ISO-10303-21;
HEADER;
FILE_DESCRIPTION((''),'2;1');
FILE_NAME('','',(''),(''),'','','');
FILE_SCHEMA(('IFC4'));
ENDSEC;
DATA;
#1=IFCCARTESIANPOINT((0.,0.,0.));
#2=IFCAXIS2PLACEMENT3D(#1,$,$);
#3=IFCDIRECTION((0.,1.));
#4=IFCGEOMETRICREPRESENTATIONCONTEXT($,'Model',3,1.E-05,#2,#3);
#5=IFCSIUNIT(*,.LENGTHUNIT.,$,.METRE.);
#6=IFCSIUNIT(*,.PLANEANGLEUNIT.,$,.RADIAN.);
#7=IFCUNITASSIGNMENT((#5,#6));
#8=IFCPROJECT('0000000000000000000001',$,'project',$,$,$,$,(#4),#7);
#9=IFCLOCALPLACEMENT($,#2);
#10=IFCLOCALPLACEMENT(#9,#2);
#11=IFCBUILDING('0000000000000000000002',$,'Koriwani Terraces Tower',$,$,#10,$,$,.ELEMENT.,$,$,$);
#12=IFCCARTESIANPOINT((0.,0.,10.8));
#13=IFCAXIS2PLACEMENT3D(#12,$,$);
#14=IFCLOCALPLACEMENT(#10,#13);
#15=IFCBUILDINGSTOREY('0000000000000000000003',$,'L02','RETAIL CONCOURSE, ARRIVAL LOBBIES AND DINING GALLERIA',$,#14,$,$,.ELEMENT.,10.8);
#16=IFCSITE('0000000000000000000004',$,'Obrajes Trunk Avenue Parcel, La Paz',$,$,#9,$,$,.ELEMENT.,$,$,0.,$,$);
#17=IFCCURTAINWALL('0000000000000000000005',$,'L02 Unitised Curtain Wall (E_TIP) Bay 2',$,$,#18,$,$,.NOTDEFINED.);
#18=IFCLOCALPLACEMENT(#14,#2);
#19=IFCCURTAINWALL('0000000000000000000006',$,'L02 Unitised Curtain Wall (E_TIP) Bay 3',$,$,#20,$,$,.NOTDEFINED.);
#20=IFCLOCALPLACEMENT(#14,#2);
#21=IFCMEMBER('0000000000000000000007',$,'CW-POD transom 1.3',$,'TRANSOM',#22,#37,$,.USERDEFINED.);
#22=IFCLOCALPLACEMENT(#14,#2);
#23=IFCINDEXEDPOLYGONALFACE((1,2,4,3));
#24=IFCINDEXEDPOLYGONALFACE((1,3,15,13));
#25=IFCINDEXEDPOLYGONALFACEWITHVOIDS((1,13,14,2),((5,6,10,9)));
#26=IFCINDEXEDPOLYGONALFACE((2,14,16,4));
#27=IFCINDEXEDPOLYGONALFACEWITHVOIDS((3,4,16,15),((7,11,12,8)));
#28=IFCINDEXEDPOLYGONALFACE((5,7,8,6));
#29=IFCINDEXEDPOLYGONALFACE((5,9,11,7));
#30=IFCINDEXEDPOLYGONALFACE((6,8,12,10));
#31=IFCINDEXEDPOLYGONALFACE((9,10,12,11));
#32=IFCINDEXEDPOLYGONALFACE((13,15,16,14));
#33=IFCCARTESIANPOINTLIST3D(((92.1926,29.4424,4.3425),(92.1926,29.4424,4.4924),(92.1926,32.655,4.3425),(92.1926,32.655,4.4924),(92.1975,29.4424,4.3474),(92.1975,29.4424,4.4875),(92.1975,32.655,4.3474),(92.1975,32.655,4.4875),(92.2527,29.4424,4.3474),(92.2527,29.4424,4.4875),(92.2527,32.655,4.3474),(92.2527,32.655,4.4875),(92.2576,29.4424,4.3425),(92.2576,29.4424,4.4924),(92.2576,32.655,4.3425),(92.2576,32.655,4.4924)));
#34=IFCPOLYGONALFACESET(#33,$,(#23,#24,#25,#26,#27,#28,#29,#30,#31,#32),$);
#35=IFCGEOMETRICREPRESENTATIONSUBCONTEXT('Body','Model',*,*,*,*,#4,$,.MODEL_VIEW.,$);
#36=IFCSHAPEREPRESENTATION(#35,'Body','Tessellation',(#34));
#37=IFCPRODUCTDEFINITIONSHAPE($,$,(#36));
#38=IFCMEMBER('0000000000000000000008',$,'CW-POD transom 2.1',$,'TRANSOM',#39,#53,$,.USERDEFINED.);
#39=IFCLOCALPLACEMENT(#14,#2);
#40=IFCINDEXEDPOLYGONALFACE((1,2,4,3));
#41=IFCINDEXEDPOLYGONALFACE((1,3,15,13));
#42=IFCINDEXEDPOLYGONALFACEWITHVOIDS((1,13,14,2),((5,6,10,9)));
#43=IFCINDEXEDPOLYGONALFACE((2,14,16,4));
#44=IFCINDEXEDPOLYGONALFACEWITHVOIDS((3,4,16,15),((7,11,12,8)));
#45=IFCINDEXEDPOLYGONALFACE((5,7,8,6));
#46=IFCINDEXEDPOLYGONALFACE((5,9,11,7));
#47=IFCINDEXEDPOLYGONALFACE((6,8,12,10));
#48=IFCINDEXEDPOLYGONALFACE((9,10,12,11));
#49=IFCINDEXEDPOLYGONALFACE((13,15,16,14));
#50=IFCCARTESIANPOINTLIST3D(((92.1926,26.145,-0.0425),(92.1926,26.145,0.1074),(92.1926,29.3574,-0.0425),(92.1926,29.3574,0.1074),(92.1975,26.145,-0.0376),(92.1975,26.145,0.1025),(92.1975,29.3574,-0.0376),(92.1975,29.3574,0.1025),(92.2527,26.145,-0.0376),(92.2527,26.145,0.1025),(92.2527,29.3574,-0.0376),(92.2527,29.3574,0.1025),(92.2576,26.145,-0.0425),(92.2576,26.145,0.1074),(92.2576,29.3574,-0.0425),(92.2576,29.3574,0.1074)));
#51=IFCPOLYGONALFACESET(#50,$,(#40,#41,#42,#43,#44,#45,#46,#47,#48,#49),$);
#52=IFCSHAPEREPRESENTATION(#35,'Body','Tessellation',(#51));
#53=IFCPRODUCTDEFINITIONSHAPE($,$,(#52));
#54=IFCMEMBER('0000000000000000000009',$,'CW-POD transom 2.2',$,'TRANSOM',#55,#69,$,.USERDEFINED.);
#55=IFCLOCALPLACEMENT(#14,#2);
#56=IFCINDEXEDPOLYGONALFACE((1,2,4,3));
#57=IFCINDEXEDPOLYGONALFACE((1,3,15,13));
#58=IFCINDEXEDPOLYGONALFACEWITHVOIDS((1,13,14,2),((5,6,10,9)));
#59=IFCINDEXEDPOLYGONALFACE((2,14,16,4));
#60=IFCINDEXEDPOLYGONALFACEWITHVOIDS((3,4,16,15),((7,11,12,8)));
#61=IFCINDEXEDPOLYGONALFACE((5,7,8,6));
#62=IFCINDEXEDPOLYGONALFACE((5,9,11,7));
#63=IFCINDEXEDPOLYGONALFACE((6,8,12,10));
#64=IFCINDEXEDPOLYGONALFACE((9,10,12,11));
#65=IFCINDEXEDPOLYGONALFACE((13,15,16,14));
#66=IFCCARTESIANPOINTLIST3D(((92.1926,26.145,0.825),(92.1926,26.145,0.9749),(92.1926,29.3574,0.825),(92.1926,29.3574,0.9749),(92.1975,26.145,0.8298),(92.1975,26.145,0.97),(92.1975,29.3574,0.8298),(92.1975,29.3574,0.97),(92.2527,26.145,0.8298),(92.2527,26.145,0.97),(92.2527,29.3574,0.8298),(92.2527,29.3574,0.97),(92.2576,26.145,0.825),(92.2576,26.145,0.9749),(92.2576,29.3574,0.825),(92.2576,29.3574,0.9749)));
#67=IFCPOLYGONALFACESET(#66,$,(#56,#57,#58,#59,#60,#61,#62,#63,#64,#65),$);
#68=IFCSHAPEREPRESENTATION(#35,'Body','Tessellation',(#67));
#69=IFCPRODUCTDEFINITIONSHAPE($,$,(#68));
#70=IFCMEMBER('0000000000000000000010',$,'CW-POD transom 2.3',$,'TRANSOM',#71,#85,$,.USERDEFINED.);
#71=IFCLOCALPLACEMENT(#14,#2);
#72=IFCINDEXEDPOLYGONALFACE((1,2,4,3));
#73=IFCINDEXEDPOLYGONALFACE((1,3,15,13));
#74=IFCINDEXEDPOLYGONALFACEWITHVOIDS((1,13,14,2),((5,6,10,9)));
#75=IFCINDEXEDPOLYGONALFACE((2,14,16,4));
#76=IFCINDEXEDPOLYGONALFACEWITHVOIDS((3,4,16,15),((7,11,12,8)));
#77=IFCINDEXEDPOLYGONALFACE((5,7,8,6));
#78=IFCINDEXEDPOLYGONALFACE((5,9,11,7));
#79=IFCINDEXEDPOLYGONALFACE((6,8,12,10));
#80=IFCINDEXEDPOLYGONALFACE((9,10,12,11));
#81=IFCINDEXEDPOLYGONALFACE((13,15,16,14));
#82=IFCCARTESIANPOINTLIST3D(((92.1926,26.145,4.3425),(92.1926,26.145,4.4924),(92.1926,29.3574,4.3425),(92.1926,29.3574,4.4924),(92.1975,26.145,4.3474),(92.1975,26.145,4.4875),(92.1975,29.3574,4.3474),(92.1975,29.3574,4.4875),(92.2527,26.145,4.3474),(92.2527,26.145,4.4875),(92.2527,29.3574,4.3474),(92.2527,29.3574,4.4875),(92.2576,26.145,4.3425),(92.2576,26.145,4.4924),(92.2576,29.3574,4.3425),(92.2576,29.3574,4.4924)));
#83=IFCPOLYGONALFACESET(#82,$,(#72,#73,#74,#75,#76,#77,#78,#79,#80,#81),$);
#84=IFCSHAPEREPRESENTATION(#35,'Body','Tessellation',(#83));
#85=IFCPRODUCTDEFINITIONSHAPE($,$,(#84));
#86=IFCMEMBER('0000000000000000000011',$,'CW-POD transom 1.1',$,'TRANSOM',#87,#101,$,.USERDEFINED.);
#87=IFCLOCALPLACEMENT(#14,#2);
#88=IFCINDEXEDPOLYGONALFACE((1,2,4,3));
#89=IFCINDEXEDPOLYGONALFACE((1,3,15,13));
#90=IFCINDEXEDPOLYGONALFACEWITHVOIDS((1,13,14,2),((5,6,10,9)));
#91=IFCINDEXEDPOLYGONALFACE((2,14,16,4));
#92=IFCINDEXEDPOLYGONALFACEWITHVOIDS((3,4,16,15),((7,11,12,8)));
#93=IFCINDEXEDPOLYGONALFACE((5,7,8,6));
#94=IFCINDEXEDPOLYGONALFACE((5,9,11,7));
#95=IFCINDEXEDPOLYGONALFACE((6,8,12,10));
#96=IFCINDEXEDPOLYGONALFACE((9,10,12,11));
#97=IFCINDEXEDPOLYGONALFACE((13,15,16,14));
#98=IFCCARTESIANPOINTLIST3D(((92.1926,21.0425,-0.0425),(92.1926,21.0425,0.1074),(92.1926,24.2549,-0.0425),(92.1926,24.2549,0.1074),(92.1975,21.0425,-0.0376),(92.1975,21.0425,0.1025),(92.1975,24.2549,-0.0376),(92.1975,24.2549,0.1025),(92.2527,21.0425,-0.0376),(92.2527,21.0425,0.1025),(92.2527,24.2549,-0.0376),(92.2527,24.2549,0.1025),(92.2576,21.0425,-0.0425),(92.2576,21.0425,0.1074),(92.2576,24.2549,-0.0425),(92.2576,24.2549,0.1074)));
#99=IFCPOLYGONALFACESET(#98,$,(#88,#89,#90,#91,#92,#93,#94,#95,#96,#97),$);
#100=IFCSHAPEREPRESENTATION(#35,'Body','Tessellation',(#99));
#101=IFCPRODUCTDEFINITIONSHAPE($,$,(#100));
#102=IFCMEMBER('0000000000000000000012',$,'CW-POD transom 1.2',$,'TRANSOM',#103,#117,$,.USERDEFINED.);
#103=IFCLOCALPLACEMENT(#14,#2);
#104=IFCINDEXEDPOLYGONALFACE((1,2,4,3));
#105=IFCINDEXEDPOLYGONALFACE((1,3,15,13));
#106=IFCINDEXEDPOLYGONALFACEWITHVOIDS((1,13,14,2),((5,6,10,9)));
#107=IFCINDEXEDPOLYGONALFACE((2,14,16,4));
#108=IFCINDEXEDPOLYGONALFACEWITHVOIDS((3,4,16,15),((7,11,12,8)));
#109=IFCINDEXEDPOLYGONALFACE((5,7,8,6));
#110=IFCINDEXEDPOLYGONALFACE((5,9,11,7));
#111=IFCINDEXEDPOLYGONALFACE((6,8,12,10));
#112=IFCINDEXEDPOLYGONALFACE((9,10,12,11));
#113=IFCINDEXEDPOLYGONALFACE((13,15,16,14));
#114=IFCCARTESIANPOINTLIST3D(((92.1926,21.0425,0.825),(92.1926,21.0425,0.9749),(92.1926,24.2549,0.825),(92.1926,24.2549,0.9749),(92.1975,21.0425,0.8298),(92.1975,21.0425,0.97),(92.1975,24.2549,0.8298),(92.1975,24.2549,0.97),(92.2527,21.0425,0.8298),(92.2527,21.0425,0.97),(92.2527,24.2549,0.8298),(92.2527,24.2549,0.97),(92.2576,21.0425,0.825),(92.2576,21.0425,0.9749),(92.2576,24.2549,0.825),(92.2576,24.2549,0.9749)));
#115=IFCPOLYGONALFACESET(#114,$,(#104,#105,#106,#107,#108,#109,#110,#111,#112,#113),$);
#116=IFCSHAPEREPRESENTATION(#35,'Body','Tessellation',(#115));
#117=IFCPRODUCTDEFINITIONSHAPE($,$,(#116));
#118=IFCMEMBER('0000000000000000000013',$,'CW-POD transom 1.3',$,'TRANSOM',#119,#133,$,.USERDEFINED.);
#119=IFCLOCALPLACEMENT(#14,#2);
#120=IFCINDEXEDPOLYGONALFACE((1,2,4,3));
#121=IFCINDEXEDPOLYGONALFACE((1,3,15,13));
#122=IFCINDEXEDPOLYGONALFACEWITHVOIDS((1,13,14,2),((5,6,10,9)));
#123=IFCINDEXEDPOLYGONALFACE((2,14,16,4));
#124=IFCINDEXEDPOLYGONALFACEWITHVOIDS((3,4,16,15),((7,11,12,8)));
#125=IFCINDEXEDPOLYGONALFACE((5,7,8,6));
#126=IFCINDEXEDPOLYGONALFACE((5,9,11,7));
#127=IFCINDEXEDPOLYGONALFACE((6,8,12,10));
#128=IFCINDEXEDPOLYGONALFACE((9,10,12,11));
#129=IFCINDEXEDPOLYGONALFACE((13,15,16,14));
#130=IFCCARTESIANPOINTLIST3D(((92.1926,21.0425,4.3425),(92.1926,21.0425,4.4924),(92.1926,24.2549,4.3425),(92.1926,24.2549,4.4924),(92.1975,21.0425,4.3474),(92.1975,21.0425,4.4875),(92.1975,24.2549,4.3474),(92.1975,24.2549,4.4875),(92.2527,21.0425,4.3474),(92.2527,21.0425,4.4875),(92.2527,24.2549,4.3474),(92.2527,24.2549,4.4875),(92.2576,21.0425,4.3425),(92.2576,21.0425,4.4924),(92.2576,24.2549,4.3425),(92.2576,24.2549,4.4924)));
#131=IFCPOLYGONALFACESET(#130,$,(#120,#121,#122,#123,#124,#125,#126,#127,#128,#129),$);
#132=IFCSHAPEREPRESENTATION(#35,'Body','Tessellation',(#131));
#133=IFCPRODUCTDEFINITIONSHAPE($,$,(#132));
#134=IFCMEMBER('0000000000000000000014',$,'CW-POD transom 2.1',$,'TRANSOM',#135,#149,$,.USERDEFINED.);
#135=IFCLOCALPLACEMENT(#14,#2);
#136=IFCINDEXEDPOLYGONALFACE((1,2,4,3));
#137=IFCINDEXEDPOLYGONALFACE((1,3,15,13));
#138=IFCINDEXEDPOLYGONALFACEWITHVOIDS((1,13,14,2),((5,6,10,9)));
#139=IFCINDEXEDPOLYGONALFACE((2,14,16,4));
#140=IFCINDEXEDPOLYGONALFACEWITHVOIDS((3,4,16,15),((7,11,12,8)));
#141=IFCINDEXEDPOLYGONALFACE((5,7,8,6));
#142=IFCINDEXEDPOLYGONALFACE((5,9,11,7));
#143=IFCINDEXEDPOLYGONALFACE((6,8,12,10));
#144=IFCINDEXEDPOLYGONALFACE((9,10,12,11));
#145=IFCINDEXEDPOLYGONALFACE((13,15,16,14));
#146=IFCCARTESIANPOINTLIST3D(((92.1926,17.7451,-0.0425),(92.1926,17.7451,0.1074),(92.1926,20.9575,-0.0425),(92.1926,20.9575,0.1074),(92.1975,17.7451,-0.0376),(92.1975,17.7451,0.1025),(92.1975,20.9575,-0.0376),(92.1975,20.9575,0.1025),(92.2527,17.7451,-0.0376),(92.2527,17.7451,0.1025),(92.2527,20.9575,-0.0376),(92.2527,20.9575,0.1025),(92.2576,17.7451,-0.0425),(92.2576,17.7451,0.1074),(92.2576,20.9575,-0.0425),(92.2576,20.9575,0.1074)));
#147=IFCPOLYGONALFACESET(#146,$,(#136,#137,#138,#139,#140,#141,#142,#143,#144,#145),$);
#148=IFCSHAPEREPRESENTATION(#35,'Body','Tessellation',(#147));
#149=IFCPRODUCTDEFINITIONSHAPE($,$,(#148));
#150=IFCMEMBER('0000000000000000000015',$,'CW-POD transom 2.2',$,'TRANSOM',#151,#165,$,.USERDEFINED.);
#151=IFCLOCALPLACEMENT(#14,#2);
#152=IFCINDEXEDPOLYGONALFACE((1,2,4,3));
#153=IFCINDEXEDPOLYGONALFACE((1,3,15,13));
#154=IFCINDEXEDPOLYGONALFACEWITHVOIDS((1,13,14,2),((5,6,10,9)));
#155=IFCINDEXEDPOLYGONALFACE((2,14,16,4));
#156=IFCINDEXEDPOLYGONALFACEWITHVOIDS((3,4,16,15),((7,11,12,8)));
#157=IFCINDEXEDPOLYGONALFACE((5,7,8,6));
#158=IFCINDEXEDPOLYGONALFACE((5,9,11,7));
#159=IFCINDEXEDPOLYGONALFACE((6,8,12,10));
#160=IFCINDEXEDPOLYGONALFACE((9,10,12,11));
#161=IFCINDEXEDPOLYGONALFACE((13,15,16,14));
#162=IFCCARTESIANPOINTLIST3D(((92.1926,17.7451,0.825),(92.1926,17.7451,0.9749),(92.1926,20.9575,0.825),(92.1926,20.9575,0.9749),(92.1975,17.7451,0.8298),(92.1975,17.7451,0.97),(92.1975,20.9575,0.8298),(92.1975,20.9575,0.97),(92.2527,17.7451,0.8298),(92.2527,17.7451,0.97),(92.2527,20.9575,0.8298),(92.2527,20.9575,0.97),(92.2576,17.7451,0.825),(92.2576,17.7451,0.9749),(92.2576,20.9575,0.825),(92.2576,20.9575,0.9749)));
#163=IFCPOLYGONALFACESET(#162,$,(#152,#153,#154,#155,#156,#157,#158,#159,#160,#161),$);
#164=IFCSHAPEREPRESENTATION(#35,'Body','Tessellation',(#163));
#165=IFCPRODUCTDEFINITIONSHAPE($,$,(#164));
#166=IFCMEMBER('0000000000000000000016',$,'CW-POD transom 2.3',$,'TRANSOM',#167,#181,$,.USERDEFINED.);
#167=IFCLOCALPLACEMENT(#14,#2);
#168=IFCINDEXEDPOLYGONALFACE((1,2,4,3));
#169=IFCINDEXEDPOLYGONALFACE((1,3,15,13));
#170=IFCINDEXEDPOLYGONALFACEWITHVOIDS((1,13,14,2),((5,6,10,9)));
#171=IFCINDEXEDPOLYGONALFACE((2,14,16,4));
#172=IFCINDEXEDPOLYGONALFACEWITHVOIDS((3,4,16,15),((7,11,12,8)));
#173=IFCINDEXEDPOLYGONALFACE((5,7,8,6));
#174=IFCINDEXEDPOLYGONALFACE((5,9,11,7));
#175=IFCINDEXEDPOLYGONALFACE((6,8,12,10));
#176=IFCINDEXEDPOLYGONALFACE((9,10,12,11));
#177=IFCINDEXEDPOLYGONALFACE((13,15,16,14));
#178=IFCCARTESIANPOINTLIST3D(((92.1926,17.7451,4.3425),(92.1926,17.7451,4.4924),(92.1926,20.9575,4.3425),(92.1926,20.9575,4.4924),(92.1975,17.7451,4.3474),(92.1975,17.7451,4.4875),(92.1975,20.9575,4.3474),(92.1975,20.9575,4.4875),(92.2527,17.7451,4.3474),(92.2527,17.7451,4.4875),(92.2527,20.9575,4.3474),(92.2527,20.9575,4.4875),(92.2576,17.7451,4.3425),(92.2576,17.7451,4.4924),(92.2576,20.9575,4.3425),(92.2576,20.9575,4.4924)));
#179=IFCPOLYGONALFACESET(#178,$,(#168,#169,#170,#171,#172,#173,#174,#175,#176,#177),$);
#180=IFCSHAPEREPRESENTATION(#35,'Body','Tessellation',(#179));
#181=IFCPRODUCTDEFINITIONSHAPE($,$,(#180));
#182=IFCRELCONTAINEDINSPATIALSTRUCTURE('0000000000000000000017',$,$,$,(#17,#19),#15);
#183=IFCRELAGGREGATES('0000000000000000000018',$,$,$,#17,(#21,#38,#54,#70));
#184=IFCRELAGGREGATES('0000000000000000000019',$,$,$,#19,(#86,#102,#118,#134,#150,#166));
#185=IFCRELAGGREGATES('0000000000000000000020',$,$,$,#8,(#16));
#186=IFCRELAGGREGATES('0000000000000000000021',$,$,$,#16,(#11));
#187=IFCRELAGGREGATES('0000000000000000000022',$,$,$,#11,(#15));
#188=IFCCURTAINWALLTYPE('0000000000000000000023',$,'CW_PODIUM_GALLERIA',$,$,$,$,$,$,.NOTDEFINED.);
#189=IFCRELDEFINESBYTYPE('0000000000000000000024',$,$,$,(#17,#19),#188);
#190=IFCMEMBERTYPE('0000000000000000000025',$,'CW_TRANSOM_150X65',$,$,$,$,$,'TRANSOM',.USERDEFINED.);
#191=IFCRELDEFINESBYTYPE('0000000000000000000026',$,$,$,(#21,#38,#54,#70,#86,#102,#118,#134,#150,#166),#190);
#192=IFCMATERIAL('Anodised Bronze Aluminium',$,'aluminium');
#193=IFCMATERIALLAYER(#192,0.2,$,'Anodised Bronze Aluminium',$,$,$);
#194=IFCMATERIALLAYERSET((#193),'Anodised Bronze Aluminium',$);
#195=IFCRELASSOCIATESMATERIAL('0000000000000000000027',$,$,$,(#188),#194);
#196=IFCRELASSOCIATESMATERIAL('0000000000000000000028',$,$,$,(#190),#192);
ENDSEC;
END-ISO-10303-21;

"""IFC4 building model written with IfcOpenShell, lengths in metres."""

from ifc_helpers import new_model, si_unit, direction, frame, origin, origin_2d, place, context, subcontext, project, spatial, hollow_rectangle, extrude, material, layer, layer_set, material_profile, profile_set, type_object, element, aggregate, save


model = new_model("IFC4")

# Units and contexts
model_context = context("Model", 3, precision=1e-05, world=origin(), true_north=direction((0.0, 1.0)))
body_context = subcontext(model_context, "Body", "Model", "MODEL_VIEW")
ifc_project = project(units=[si_unit("LENGTHUNIT", "METRE"), si_unit("PLANEANGLEUNIT", "RADIAN")], contexts=[model_context])

# Site, building, storey
site_placement = place(None, origin())
site = spatial("IfcSite", under=ifc_project, at=site_placement, Name="Obrajes Trunk Avenue Parcel, La Paz", CompositionType="ELEMENT", RefElevation=0.0)
building_placement = place(site_placement, origin())
building = spatial("IfcBuilding", under=site, at=building_placement, Name="Koriwani Terraces Tower", CompositionType="ELEMENT")
storey_placement = place(building_placement, frame((0.0, 0.0, 10.8)))
storey = spatial("IfcBuildingStorey", under=building, at=storey_placement, Name="L02", Description="RETAIL CONCOURSE, ARRIVAL LOBBIES AND DINING GALLERIA", CompositionType="ELEMENT", Elevation=10.8)

# Curtain walls
ifc_material_1 = material(Name="Anodised Bronze Aluminium", Category="aluminium")
ifc_layer_1 = layer(ifc_material_1, 0.2, Name="Anodised Bronze Aluminium")
ifc_layer_set_1 = layer_set([ifc_layer_1], Name="Anodised Bronze Aluminium")
curtain_wall_type = type_object("IfcCurtainWallType", Name="CW_PODIUM_GALLERIA", PredefinedType="NOTDEFINED", material=ifc_layer_set_1)
curtain_wall_1_placement = place(storey_placement, origin())
curtain_wall_1 = element("IfcCurtainWall", 1, at=curtain_wall_1_placement, inside=storey, type_object=curtain_wall_type, Name="L02 Unitised Curtain Wall (E_TIP) Bay 2", PredefinedType="NOTDEFINED")
curtain_wall_2_placement = place(storey_placement, origin())
curtain_wall_2 = element("IfcCurtainWall", 2, at=curtain_wall_2_placement, inside=storey, type_object=curtain_wall_type, Name="L02 Unitised Curtain Wall (E_TIP) Bay 3", PredefinedType="NOTDEFINED")

# Members
ifc_material_profile_1 = material_profile(ifc_material_1, hollow_rectangle(XDim=0.0649, YDim=0.1499, WallThickness=0.0049, at=origin_2d()), Name="Anodised Bronze Aluminium", Category="LoadBearing")
ifc_profile_set_1 = profile_set([ifc_material_profile_1], Name="Anodised Bronze Aluminium")
member_type_1 = type_object("IfcMemberType", Name="CW_TRANSOM_150X65", ElementType="TRANSOM", PredefinedType="USERDEFINED", material=ifc_profile_set_1)
member_1_placement = place(storey_placement, frame((92.2251, 32.655, 4.4175), z_axis=(0.0, -1.0, 0.0), x_axis=(1.0, 0.0, 0.0)))
member_1 = element("IfcMember", 3, at=member_1_placement, type_object=member_type_1, Name="CW-POD transom 1.3", ObjectType="TRANSOM", PredefinedType="USERDEFINED", context=body_context, shape_type="SweptSolid", body=[
    extrude(hollow_rectangle(XDim=0.0649, YDim=0.1499, WallThickness=0.0049, at=origin_2d()), origin(), (0.0, 0.0, 1.0), 3.2126),
])
member_2_placement = place(storey_placement, frame((92.2251, 29.3574, 0.0325), z_axis=(0.0, -1.0, 0.0), x_axis=(1.0, 0.0, 0.0)))
member_2 = element("IfcMember", 4, at=member_2_placement, type_object=member_type_1, Name="CW-POD transom 2.1", ObjectType="TRANSOM", PredefinedType="USERDEFINED", context=body_context, shape_type="SweptSolid", body=[
    extrude(hollow_rectangle(XDim=0.0649, YDim=0.1499, WallThickness=0.0049, at=origin_2d()), origin(), (0.0, 0.0, 1.0), 3.2124),
])
member_3_placement = place(storey_placement, frame((92.2251, 29.3574, 0.8999), z_axis=(0.0, -1.0, 0.0), x_axis=(1.0, 0.0, 0.0)))
member_3 = element("IfcMember", 5, at=member_3_placement, type_object=member_type_1, Name="CW-POD transom 2.2", ObjectType="TRANSOM", PredefinedType="USERDEFINED", context=body_context, shape_type="SweptSolid", body=[
    extrude(hollow_rectangle(XDim=0.0649, YDim=0.1499, WallThickness=0.0049, at=origin_2d()), origin(), (0.0, 0.0, 1.0), 3.2124),
])
member_4_placement = place(storey_placement, frame((92.2251, 29.3574, 4.4175), z_axis=(0.0, -1.0, 0.0), x_axis=(1.0, 0.0, 0.0)))
member_4 = element("IfcMember", 6, at=member_4_placement, type_object=member_type_1, Name="CW-POD transom 2.3", ObjectType="TRANSOM", PredefinedType="USERDEFINED", context=body_context, shape_type="SweptSolid", body=[
    extrude(hollow_rectangle(XDim=0.0649, YDim=0.1499, WallThickness=0.0049, at=origin_2d()), origin(), (0.0, 0.0, 1.0), 3.2124),
])
member_5_placement = place(storey_placement, frame((92.2251, 24.2549, 0.0325), z_axis=(0.0, -1.0, 0.0), x_axis=(1.0, 0.0, 0.0)))
member_5 = element("IfcMember", 7, at=member_5_placement, type_object=member_type_1, Name="CW-POD transom 1.1", ObjectType="TRANSOM", PredefinedType="USERDEFINED", context=body_context, shape_type="SweptSolid", body=[
    extrude(hollow_rectangle(XDim=0.0649, YDim=0.1499, WallThickness=0.0049, at=origin_2d()), origin(), (0.0, 0.0, 1.0), 3.2124),
])
member_6_placement = place(storey_placement, frame((92.2251, 24.2549, 0.8999), z_axis=(0.0, -1.0, 0.0), x_axis=(1.0, 0.0, 0.0)))
member_6 = element("IfcMember", 8, at=member_6_placement, type_object=member_type_1, Name="CW-POD transom 1.2", ObjectType="TRANSOM", PredefinedType="USERDEFINED", context=body_context, shape_type="SweptSolid", body=[
    extrude(hollow_rectangle(XDim=0.0649, YDim=0.1499, WallThickness=0.0049, at=origin_2d()), origin(), (0.0, 0.0, 1.0), 3.2124),
])
member_7_placement = place(storey_placement, frame((92.2251, 24.2549, 4.4175), z_axis=(0.0, -1.0, 0.0), x_axis=(1.0, 0.0, 0.0)))
member_7 = element("IfcMember", 9, at=member_7_placement, type_object=member_type_1, Name="CW-POD transom 1.3", ObjectType="TRANSOM", PredefinedType="USERDEFINED", context=body_context, shape_type="SweptSolid", body=[
    extrude(hollow_rectangle(XDim=0.0649, YDim=0.1499, WallThickness=0.0049, at=origin_2d()), origin(), (0.0, 0.0, 1.0), 3.2124),
])
member_8_placement = place(storey_placement, frame((92.2251, 20.9575, 0.0325), z_axis=(0.0, -1.0, 0.0), x_axis=(1.0, 0.0, 0.0)))
member_8 = element("IfcMember", 10, at=member_8_placement, type_object=member_type_1, Name="CW-POD transom 2.1", ObjectType="TRANSOM", PredefinedType="USERDEFINED", context=body_context, shape_type="SweptSolid", body=[
    extrude(hollow_rectangle(XDim=0.0649, YDim=0.1499, WallThickness=0.0049, at=origin_2d()), origin(), (0.0, 0.0, 1.0), 3.2124),
])
member_9_placement = place(storey_placement, frame((92.2251, 20.9575, 0.8999), z_axis=(0.0, -1.0, 0.0), x_axis=(1.0, 0.0, 0.0)))
member_9 = element("IfcMember", 11, at=member_9_placement, type_object=member_type_1, Name="CW-POD transom 2.2", ObjectType="TRANSOM", PredefinedType="USERDEFINED", context=body_context, shape_type="SweptSolid", body=[
    extrude(hollow_rectangle(XDim=0.0649, YDim=0.1499, WallThickness=0.0049, at=origin_2d()), origin(), (0.0, 0.0, 1.0), 3.2124),
])
member_10_placement = place(storey_placement, frame((92.2251, 20.9575, 4.4175), z_axis=(0.0, -1.0, 0.0), x_axis=(1.0, 0.0, 0.0)))
member_10 = element("IfcMember", 12, at=member_10_placement, type_object=member_type_1, Name="CW-POD transom 2.3", ObjectType="TRANSOM", PredefinedType="USERDEFINED", context=body_context, shape_type="SweptSolid", body=[
    extrude(hollow_rectangle(XDim=0.0649, YDim=0.1499, WallThickness=0.0049, at=origin_2d()), origin(), (0.0, 0.0, 1.0), 3.2124),
])

aggregate(curtain_wall_1, [member_1, member_2, member_3, member_4])
aggregate(curtain_wall_2, [member_5, member_6, member_7, member_8, member_9, member_10])

save(model, "model.ifc")
